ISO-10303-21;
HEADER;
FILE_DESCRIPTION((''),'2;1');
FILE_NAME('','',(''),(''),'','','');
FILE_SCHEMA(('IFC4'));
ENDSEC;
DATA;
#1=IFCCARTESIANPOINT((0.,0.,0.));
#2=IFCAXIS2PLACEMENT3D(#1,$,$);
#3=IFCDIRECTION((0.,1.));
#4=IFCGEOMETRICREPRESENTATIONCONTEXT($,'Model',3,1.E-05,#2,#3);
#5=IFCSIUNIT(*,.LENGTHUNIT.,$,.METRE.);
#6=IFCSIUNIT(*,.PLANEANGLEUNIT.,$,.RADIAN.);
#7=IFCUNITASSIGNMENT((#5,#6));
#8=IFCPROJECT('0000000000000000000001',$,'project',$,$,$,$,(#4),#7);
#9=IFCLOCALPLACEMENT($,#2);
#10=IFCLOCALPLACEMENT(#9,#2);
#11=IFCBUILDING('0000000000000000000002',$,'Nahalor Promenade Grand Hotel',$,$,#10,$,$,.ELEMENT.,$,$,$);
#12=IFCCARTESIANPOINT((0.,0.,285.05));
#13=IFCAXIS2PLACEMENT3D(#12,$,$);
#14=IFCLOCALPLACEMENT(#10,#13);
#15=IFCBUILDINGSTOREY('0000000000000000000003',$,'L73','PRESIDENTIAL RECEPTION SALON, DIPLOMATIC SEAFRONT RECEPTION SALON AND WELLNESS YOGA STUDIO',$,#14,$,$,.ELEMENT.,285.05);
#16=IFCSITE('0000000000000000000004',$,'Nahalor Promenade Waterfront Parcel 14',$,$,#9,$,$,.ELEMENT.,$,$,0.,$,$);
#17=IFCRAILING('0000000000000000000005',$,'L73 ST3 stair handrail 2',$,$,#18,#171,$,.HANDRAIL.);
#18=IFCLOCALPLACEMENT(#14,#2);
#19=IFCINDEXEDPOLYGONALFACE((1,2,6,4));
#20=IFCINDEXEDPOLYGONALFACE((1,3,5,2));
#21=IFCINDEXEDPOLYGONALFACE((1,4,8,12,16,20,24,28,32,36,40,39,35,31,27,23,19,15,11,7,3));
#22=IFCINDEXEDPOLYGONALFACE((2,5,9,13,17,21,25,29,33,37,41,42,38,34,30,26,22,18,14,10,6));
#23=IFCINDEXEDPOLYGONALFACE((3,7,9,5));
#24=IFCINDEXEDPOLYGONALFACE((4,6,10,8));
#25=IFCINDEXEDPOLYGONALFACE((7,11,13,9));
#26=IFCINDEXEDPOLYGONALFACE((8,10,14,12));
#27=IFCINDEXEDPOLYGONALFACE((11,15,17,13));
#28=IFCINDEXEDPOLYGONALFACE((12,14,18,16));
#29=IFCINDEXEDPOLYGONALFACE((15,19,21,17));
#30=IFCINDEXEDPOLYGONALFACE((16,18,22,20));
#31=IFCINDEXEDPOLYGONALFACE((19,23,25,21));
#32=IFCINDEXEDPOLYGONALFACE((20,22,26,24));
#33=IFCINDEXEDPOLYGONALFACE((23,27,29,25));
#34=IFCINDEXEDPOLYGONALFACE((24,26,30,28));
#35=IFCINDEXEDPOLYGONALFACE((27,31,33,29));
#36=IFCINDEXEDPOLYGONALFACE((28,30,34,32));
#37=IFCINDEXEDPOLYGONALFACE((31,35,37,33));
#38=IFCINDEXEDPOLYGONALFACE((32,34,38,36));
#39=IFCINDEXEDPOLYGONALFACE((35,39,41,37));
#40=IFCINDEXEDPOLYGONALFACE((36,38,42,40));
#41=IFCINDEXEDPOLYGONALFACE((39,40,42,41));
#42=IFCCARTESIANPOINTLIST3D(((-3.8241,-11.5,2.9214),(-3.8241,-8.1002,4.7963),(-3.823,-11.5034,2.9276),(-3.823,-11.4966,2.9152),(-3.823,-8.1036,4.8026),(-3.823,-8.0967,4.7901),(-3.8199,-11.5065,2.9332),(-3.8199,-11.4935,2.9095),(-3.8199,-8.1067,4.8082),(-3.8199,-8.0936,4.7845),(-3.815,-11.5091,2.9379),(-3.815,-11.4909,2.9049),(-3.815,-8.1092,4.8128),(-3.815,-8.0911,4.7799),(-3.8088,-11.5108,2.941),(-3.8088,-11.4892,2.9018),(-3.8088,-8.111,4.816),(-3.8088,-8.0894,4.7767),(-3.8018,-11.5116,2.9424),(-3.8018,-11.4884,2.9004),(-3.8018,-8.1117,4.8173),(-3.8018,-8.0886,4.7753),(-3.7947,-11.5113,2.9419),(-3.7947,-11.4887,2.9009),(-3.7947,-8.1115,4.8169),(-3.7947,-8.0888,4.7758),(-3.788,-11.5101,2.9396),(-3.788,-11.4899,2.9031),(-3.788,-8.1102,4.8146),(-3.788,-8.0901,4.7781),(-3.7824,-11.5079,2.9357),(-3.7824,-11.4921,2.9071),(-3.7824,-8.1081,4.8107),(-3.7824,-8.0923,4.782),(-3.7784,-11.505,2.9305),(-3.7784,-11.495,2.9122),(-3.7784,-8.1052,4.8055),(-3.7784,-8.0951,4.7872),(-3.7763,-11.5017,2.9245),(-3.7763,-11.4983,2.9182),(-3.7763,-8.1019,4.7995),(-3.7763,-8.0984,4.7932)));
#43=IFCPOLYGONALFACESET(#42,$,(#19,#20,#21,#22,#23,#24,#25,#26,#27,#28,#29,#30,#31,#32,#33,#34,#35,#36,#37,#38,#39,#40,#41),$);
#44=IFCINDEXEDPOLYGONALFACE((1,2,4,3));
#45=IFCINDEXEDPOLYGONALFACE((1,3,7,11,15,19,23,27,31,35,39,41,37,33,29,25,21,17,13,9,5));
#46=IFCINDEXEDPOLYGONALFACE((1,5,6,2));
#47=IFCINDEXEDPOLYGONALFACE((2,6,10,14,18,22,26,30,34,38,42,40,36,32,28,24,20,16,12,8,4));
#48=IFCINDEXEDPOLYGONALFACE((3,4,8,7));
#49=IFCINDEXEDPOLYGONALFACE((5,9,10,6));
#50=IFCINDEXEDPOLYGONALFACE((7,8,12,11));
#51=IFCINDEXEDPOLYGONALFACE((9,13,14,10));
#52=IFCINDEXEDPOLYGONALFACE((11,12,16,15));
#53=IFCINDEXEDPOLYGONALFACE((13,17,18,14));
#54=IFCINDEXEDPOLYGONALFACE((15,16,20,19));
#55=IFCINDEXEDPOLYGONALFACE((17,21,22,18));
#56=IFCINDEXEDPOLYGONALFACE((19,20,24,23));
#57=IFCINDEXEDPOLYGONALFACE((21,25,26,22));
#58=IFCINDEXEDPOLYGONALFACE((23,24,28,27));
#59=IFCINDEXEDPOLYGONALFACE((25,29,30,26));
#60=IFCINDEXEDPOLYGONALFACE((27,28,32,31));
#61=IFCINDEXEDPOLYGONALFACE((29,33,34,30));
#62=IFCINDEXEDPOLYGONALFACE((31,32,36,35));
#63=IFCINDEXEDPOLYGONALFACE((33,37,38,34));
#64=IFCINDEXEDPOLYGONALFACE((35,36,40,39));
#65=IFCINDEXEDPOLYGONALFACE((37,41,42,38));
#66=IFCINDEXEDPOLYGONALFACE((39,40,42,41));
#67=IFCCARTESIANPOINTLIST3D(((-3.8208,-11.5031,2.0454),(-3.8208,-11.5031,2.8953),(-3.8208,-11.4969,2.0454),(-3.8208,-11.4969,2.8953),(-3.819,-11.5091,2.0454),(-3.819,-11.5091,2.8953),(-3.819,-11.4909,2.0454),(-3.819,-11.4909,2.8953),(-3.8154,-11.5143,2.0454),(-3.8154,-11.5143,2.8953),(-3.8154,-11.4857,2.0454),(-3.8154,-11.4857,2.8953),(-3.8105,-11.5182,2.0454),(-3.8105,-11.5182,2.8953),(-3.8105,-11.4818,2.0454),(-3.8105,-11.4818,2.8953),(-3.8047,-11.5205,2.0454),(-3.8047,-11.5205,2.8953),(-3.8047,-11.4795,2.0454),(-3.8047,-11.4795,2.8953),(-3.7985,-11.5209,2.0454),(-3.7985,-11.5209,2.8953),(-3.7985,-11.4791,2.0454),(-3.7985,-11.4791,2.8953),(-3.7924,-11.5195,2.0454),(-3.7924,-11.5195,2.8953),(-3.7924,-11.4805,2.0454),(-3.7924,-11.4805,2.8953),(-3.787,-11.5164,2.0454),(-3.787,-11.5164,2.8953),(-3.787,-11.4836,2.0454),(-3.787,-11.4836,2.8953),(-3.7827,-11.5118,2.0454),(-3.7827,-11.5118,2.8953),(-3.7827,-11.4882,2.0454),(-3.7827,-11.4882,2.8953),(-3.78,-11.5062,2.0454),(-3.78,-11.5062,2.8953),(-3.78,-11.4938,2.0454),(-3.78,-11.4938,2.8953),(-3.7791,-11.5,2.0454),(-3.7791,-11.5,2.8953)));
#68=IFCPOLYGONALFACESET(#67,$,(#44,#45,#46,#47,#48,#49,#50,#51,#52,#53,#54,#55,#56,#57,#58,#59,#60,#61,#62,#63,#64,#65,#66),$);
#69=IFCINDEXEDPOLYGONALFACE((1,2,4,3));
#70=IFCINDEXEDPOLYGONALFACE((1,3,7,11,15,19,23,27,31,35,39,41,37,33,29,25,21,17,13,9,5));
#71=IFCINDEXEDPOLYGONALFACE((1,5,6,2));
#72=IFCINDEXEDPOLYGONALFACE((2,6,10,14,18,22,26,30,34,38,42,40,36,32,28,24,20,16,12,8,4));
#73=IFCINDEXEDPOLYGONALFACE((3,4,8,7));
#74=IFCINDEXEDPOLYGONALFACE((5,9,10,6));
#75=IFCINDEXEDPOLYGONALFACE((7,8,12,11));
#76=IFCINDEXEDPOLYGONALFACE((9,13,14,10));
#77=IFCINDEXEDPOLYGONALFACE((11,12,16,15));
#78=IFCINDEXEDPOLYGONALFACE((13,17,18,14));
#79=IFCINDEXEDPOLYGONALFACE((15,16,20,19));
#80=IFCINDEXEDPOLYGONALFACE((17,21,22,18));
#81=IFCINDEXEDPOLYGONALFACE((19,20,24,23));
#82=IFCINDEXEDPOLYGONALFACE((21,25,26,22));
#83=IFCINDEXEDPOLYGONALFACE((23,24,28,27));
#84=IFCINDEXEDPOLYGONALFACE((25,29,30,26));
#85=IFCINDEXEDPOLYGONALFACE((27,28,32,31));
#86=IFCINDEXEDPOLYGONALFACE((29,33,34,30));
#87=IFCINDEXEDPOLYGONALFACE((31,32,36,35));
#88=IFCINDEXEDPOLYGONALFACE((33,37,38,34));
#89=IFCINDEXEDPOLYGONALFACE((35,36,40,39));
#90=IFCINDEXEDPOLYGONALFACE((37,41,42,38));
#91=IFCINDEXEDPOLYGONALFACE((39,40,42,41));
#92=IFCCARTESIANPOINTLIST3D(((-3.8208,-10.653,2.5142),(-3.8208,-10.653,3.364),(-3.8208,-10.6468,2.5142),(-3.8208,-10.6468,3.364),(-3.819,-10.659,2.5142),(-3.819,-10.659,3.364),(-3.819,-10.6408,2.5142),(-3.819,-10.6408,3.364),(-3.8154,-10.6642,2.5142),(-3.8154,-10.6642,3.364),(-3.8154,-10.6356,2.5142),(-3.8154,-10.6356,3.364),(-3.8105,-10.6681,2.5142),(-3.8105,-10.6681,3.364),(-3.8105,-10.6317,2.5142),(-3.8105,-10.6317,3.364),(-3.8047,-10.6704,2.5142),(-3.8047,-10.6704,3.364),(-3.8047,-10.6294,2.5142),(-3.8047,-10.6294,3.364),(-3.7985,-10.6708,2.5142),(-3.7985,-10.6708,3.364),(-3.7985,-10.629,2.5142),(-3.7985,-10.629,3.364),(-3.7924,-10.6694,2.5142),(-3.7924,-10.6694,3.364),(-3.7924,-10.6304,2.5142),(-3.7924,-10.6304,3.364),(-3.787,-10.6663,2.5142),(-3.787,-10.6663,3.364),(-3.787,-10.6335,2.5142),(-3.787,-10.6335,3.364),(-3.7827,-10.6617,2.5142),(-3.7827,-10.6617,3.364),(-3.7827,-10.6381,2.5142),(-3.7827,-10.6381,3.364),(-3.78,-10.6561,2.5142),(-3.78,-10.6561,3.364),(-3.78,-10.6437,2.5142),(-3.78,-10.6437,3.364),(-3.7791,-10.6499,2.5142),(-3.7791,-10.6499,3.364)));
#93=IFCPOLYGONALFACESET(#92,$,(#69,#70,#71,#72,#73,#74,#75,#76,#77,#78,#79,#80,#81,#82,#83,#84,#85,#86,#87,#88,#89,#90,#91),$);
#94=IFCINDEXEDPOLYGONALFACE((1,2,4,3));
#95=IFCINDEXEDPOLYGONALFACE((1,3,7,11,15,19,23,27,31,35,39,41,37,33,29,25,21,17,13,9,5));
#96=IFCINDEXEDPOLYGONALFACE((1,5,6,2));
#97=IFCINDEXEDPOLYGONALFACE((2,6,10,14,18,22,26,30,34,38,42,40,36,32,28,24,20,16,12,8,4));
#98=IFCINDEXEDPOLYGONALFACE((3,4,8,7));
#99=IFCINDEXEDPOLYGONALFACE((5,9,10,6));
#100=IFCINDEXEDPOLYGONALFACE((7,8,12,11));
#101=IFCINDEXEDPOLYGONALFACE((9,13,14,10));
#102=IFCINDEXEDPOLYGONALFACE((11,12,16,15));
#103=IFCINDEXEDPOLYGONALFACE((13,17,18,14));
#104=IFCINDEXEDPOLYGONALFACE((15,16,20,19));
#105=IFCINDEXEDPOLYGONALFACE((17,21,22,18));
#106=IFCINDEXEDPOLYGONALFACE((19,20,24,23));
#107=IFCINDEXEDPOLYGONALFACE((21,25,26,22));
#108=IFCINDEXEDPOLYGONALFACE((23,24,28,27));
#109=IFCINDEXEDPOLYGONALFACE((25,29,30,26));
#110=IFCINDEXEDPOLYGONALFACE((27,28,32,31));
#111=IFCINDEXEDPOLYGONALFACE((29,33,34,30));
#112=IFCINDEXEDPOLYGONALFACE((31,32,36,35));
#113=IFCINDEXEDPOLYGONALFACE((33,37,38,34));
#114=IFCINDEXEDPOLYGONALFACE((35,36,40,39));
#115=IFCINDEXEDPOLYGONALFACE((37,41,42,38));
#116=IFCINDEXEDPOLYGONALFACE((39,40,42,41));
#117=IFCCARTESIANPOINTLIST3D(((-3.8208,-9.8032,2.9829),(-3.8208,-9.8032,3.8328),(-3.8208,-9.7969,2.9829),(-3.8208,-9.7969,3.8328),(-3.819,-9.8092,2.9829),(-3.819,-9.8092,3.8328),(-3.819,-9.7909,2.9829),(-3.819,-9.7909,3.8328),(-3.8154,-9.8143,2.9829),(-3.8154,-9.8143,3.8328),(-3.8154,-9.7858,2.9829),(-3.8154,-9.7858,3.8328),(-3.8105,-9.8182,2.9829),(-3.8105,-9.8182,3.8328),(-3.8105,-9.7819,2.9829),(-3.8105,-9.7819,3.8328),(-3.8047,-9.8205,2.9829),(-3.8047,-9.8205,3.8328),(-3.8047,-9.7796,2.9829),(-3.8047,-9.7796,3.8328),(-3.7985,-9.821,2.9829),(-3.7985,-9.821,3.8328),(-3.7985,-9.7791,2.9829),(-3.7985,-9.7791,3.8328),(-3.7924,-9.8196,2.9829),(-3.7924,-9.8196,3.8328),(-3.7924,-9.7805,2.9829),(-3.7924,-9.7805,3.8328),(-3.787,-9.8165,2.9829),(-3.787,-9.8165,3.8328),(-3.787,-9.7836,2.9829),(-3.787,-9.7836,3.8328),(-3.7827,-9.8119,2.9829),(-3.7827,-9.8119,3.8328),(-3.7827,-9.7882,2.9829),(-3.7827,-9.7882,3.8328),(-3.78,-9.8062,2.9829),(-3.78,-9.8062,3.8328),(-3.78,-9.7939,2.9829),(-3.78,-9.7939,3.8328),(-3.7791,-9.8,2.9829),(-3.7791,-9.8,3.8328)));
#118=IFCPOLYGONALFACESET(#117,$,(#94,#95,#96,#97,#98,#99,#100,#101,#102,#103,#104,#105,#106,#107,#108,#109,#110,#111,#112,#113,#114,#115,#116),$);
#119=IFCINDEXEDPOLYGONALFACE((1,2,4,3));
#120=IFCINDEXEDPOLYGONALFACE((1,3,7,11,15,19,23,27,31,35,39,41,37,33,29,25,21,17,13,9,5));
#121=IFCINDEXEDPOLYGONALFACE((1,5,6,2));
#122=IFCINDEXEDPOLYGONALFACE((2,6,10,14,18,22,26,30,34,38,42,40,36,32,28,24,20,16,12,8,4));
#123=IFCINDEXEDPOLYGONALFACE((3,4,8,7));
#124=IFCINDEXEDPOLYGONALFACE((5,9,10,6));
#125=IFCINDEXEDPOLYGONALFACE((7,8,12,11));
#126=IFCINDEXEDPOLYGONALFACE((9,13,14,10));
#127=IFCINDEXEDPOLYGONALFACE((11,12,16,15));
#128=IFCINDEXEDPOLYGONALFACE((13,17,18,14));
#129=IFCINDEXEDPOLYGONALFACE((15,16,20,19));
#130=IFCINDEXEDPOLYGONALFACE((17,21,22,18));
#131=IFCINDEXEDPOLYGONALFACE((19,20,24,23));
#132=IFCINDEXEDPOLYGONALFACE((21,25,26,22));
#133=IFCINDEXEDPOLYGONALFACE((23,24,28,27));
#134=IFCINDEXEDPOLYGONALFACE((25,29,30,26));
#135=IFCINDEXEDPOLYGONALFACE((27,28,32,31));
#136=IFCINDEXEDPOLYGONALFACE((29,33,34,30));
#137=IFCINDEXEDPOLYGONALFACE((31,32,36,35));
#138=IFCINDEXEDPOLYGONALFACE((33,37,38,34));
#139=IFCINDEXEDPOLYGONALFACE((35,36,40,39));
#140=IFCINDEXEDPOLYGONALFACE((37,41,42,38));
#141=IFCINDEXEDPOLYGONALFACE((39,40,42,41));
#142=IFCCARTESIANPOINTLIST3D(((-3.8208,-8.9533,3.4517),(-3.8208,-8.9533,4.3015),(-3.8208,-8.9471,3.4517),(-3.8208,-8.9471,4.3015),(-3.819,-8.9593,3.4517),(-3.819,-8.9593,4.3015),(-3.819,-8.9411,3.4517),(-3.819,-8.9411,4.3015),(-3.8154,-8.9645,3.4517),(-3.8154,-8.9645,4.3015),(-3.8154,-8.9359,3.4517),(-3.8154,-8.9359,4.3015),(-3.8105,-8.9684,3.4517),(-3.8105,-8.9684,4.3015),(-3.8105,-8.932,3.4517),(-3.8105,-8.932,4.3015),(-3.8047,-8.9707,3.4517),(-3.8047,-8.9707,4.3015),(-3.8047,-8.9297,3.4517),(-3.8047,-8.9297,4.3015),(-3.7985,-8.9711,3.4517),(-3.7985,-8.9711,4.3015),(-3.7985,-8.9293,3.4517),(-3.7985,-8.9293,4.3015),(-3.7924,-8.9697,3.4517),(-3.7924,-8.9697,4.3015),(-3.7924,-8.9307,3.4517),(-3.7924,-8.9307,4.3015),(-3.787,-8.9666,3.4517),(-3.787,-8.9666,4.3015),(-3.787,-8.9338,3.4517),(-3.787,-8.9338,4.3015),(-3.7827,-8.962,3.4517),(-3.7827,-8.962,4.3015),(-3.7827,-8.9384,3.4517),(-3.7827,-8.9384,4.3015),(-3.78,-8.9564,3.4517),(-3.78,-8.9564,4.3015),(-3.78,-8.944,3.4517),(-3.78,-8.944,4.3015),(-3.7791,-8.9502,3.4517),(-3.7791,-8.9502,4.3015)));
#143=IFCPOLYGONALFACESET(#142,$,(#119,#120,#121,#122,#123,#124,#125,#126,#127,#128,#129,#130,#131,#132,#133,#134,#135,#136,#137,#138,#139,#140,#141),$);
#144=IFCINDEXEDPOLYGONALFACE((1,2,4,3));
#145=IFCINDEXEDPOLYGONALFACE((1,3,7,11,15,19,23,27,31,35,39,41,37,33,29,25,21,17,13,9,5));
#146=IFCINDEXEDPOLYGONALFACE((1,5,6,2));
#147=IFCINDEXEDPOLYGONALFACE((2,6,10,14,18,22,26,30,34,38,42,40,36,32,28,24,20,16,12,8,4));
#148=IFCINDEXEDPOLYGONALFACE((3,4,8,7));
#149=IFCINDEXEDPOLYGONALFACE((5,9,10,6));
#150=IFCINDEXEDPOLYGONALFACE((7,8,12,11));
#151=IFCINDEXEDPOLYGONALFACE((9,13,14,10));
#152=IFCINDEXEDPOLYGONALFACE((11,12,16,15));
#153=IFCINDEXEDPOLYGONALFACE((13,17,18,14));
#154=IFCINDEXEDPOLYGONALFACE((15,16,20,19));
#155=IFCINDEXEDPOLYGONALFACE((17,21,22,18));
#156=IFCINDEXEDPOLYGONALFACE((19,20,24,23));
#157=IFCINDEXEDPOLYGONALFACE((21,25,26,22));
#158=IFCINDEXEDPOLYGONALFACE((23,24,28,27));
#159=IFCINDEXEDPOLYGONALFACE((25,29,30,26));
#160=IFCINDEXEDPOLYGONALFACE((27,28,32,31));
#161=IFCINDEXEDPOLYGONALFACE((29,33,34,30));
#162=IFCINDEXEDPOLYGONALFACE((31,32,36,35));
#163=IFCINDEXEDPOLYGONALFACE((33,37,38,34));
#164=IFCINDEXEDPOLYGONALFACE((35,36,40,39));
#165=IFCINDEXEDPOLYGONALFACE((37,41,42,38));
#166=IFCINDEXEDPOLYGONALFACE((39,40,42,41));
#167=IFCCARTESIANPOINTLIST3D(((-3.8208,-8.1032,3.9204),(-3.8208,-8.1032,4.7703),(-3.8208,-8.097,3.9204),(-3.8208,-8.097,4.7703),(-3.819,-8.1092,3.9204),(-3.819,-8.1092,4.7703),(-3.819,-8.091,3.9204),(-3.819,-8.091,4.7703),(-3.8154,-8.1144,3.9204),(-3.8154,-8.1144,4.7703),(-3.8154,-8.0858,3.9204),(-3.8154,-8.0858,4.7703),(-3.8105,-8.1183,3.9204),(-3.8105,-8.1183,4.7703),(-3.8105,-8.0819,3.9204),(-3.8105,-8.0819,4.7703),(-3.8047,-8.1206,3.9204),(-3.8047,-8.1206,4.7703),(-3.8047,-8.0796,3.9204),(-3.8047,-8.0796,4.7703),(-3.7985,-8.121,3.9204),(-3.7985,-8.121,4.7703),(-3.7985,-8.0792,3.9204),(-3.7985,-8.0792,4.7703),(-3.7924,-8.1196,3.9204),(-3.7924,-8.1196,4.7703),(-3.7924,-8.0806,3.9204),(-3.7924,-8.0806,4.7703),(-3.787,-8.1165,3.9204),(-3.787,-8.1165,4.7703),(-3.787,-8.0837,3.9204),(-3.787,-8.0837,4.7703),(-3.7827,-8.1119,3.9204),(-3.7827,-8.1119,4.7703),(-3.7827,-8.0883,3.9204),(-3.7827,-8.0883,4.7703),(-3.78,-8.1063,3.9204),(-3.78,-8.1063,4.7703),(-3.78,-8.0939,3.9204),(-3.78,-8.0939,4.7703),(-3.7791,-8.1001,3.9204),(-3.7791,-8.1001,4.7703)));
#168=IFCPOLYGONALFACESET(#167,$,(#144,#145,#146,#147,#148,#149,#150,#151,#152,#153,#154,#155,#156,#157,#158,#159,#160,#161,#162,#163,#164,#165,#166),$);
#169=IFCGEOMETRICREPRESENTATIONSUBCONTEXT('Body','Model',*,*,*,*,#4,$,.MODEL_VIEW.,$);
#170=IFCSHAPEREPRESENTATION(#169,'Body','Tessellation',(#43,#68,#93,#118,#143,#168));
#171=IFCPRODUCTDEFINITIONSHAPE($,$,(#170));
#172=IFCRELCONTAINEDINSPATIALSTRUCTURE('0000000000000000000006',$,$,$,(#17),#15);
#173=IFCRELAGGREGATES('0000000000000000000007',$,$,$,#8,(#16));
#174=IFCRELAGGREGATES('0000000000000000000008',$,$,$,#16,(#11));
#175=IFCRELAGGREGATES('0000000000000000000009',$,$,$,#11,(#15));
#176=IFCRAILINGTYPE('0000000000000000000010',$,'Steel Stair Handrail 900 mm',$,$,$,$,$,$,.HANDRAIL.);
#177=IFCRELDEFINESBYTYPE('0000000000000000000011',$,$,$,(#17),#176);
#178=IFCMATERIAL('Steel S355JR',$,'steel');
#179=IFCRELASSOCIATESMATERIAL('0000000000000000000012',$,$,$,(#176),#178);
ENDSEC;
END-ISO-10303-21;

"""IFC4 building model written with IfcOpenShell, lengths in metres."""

from ifc_helpers import new_model, si_unit, direction, frame, origin, origin_2d, place, context, subcontext, project, spatial, circle, extrude, material, type_object, element, save


model = new_model("IFC4")

# Units and contexts
model_context = context("Model", 3, precision=1e-05, world=origin(), true_north=direction((0.0, 1.0)))
body_context = subcontext(model_context, "Body", "Model", "MODEL_VIEW")
ifc_project = project(units=[si_unit("LENGTHUNIT", "METRE"), si_unit("PLANEANGLEUNIT", "RADIAN")], contexts=[model_context])

# Site, building, storey
site_placement = place(None, origin())
site = spatial("IfcSite", under=ifc_project, at=site_placement, Name="Nahalor Promenade Waterfront Parcel 14", CompositionType="ELEMENT", RefElevation=0.0)
building_placement = place(site_placement, origin())
building = spatial("IfcBuilding", under=site, at=building_placement, Name="Nahalor Promenade Grand Hotel", CompositionType="ELEMENT")
storey_placement = place(building_placement, frame((0.0, 0.0, 285.05)))
storey = spatial("IfcBuildingStorey", under=building, at=storey_placement, Name="L73", Description="PRESIDENTIAL RECEPTION SALON, DIPLOMATIC SEAFRONT RECEPTION SALON AND WELLNESS YOGA STUDIO", CompositionType="ELEMENT", Elevation=285.05)

# Shared definitions
ifc_material_1 = material(Name="Steel S355JR", Category="steel")

# Railing
railing_type_1 = type_object("IfcRailingType", Name="Steel Stair Handrail 900 mm", PredefinedType="HANDRAIL", material=ifc_material_1)
railing_1_placement = place(storey_placement, frame((-3.8, -11.5, 2.0454)))
element("IfcRailing", 1, at=railing_1_placement, inside=storey, type_object=railing_type_1, Name="L73 ST3 stair handrail 2", PredefinedType="HANDRAIL", context=body_context, shape_type="SweptSolid", body=[
    extrude(circle(Radius=0.024, at=origin_2d()), frame((0.0, 0.0, 0.876), z_axis=(0.0, 0.875666, 0.482918), x_axis=(-1.0, 0.0, 0.0)), (0.0, 0.0, 1.0), 3.8826),
    extrude(circle(Radius=0.021, at=origin_2d()), origin(), (0.0, 0.0, 1.0), 0.8499),
    extrude(circle(Radius=0.021, at=origin_2d()), frame((0.0, 0.8501, 0.4688)), (0.0, 0.0, 1.0), 0.8499),
    extrude(circle(Radius=0.021, at=origin_2d()), frame((0.0, 1.7, 0.9375)), (0.0, 0.0, 1.0), 0.8499),
    extrude(circle(Radius=0.021, at=origin_2d()), frame((0.0, 2.5498, 1.4062)), (0.0, 0.0, 1.0), 0.8499),
    extrude(circle(Radius=0.021, at=origin_2d()), frame((0.0, 3.3999, 1.875)), (0.0, 0.0, 1.0), 0.8499),
])

save(model, "model.ifc")
